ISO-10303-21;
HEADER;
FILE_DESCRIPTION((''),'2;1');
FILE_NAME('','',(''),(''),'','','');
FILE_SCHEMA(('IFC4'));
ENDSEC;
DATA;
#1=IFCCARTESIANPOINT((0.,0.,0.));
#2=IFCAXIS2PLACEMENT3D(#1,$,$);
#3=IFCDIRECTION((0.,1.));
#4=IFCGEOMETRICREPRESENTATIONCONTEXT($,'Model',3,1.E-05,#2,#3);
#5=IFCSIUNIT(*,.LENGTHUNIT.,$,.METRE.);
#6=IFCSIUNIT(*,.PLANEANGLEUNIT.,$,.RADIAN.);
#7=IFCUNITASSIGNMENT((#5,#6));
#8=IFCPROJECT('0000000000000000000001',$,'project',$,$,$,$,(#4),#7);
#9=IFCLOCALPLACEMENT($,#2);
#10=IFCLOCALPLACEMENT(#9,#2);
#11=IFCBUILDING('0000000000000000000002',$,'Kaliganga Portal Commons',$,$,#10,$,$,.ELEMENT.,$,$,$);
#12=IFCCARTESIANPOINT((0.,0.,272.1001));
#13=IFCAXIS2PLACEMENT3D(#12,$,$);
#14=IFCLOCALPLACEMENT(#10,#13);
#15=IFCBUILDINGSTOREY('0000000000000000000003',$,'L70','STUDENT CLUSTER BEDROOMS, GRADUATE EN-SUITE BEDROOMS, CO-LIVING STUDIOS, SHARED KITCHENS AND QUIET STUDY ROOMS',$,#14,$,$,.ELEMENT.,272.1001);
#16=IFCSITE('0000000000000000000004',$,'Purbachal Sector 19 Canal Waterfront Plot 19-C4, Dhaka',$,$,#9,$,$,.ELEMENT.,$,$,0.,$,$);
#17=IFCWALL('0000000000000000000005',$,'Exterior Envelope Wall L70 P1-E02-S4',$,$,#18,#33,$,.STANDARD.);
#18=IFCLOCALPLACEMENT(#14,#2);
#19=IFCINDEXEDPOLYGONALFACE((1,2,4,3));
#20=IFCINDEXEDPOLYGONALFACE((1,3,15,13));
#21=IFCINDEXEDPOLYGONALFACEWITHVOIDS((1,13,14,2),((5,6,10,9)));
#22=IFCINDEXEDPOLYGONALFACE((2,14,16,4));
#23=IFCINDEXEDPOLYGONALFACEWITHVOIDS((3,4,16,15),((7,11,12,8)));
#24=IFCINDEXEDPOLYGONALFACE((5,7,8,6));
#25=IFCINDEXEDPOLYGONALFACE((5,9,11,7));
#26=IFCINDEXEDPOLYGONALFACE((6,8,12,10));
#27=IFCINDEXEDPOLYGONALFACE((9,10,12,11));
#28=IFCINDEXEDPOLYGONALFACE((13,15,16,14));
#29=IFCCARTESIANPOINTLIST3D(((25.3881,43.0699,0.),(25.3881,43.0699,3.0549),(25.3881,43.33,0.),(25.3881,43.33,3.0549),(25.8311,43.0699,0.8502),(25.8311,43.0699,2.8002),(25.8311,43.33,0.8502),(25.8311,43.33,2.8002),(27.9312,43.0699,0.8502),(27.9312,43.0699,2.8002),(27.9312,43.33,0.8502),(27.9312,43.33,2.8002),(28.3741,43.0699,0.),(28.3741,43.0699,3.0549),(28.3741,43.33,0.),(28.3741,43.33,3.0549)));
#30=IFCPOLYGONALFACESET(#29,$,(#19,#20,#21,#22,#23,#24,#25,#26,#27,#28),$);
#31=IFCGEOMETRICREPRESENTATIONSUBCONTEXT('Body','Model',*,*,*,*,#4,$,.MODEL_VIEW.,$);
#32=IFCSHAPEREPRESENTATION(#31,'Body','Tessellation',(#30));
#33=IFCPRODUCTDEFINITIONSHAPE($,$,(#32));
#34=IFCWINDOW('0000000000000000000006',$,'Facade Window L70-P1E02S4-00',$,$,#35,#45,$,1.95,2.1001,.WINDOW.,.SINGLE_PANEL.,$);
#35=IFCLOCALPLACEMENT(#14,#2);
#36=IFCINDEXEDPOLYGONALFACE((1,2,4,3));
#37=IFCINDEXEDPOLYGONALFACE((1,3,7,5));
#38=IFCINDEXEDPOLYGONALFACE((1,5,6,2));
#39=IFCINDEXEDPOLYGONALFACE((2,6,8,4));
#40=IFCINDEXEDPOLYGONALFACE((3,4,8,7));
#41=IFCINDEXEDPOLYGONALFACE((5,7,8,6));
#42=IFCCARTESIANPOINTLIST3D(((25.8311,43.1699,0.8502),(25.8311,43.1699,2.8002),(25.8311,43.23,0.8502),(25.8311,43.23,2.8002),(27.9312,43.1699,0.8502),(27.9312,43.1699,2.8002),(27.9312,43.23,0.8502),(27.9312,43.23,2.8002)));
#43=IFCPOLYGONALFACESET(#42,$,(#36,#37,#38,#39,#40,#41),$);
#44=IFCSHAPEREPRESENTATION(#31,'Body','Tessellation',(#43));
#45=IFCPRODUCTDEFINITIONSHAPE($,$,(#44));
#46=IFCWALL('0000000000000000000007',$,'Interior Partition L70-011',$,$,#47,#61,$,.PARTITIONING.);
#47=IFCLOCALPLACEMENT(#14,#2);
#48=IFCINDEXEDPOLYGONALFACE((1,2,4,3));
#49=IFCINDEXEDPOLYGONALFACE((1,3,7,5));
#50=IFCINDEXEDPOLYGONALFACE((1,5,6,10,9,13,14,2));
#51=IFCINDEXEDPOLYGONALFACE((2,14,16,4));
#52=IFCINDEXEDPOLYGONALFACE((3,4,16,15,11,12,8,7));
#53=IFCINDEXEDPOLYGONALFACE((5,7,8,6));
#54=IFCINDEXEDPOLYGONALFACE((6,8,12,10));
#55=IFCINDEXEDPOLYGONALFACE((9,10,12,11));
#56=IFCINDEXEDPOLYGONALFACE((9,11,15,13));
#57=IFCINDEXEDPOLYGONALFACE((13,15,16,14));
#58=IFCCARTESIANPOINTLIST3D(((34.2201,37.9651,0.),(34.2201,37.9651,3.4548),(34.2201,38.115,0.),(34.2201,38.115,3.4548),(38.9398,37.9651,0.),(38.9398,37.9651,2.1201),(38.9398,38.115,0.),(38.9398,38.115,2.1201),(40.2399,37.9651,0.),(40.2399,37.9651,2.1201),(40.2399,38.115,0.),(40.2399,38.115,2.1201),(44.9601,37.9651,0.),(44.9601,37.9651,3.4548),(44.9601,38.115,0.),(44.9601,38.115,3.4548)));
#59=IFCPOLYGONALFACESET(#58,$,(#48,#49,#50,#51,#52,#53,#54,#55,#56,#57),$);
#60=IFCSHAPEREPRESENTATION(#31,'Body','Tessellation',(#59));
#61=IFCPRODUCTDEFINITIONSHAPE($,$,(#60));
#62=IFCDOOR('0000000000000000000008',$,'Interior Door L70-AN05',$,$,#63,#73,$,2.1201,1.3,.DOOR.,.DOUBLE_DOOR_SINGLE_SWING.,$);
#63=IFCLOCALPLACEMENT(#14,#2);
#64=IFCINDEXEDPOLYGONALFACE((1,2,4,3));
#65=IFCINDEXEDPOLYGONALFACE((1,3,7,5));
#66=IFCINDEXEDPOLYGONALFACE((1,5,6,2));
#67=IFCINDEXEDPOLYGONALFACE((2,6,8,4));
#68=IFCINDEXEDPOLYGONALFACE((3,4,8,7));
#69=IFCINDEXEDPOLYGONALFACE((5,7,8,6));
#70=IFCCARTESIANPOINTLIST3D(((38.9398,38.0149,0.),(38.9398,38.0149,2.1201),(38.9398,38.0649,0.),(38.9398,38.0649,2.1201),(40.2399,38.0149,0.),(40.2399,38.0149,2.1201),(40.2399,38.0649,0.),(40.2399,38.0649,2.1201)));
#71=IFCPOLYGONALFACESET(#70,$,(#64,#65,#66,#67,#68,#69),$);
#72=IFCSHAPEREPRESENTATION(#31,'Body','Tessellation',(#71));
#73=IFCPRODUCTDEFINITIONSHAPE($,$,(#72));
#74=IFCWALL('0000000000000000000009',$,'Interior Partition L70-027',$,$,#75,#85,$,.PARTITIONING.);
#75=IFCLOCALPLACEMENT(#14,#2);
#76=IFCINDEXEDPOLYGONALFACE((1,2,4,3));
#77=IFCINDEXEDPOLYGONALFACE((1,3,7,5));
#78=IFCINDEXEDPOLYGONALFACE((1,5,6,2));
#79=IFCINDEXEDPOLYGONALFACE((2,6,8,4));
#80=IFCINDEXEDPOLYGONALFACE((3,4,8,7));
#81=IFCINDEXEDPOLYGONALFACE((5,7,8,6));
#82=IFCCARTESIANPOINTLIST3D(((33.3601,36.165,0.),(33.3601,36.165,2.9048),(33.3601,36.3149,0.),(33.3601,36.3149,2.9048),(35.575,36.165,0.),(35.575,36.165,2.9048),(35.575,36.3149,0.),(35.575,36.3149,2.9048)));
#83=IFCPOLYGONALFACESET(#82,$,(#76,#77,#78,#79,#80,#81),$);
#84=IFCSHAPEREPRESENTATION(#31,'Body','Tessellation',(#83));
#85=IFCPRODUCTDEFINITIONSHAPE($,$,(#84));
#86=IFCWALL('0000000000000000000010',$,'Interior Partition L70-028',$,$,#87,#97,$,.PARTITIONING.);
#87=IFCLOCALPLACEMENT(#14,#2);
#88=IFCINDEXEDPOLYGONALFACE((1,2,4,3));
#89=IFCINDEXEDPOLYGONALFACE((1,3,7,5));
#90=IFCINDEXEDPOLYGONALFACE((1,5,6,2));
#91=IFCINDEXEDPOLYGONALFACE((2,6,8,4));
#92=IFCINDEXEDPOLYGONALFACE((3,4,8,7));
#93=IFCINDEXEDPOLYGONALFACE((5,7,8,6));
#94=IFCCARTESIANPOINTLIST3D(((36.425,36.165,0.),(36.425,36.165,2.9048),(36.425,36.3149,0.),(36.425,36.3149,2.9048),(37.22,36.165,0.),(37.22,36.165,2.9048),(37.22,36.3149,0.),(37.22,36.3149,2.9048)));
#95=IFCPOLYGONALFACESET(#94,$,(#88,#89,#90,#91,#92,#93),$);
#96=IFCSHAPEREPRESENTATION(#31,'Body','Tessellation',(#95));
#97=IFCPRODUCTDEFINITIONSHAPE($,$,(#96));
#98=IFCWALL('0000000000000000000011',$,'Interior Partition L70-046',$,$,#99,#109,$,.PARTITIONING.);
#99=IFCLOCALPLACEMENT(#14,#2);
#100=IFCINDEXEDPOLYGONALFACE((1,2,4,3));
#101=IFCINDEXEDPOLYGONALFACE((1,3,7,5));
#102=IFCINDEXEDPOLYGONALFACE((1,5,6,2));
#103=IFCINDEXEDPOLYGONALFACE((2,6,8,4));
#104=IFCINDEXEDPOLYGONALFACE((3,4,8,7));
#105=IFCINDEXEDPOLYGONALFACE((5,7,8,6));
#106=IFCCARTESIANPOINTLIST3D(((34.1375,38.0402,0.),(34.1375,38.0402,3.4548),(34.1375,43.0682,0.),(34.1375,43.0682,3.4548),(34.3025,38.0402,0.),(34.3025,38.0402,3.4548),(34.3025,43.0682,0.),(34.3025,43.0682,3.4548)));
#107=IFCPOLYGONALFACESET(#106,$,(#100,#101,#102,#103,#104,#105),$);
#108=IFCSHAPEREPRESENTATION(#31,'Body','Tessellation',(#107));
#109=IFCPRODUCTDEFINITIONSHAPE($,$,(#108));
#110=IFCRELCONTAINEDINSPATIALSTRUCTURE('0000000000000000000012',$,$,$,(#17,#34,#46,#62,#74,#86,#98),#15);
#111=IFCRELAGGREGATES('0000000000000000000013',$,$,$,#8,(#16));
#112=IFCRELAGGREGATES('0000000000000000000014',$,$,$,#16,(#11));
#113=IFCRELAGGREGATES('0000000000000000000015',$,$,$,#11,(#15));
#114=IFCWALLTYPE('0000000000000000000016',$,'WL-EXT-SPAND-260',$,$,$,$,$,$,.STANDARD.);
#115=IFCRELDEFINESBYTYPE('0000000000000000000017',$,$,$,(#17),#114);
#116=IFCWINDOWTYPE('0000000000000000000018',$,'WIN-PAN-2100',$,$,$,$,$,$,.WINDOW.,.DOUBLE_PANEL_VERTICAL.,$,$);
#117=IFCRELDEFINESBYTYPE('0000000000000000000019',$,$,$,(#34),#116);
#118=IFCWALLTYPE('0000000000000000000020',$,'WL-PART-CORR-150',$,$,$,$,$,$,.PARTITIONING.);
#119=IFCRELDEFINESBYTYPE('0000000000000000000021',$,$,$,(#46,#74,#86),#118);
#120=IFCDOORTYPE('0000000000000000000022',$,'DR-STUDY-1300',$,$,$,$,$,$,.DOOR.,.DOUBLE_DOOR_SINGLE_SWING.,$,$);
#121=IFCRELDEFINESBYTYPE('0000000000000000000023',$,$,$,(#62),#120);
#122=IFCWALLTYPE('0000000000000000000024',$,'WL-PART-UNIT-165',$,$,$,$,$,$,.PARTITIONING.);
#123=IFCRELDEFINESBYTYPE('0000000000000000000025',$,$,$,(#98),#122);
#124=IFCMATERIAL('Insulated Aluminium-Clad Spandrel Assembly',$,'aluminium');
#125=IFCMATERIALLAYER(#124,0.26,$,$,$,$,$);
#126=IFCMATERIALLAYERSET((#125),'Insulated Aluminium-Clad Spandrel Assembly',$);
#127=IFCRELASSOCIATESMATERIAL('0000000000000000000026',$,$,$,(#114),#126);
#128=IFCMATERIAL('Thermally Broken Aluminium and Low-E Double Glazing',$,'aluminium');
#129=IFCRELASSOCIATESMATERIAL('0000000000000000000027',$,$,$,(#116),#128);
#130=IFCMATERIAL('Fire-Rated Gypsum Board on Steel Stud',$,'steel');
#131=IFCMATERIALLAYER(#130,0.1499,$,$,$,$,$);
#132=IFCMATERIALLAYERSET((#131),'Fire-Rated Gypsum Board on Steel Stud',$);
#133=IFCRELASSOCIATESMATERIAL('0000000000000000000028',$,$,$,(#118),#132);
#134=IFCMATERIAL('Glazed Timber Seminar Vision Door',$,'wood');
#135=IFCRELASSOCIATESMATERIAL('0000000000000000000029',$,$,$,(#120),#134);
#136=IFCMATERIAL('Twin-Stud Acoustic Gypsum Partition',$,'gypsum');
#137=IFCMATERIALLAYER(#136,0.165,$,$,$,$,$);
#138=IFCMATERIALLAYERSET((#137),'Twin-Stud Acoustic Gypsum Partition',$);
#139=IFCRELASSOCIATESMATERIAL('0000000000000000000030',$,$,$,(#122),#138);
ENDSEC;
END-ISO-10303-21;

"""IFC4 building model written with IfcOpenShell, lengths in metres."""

from ifc_helpers import new_model, si_unit, direction, frame, frame_2d, origin, place, context, subcontext, project, spatial, rectangle, extrude, material, layer, layer_set, type_object, element, fill, save


model = new_model("IFC4")

# Units and contexts
model_context = context("Model", 3, precision=1e-05, world=origin(), true_north=direction((0.0, 1.0)))
body_context = subcontext(model_context, "Body", "Model", "MODEL_VIEW")
ifc_project = project(units=[si_unit("LENGTHUNIT", "METRE"), si_unit("PLANEANGLEUNIT", "RADIAN")], contexts=[model_context])

# Site, building, storey
site_placement = place(None, origin())
site = spatial("IfcSite", under=ifc_project, at=site_placement, Name="Purbachal Sector 19 Canal Waterfront Plot 19-C4, Dhaka", CompositionType="ELEMENT", RefElevation=0.0)
building_placement = place(site_placement, origin())
building = spatial("IfcBuilding", under=site, at=building_placement, Name="Kaliganga Portal Commons", CompositionType="ELEMENT")
storey_placement = place(building_placement, frame((0.0, 0.0, 272.1001)))
storey = spatial("IfcBuildingStorey", under=building, at=storey_placement, Name="L70", Description="STUDENT CLUSTER BEDROOMS, GRADUATE EN-SUITE BEDROOMS, CO-LIVING STUDIOS, SHARED KITCHENS AND QUIET STUDY ROOMS", CompositionType="ELEMENT", Elevation=272.1001)

# Shared definitions
ifc_material_1 = material(Name="Insulated Aluminium-Clad Spandrel Assembly", Category="aluminium")
ifc_layer_1 = layer(ifc_material_1, 0.26)
ifc_layer_set_1 = layer_set([ifc_layer_1], Name="Insulated Aluminium-Clad Spandrel Assembly")
wall_type_1 = type_object("IfcWallType", Name="WL-EXT-SPAND-260", PredefinedType="STANDARD", material=ifc_layer_set_1)
ifc_material_2 = material(Name="Thermally Broken Aluminium and Low-E Double Glazing", Category="aluminium")
window_type_1 = type_object("IfcWindowType", Name="WIN-PAN-2100", PartitioningType="DOUBLE_PANEL_VERTICAL", PredefinedType="WINDOW", material=ifc_material_2)

# Wall, opening, window
wall_1_placement = place(storey_placement, frame((25.3879, 43.2, 0.0), z_axis=(0.0, 0.0, 1.0), x_axis=(1.0, 0.0, 0.0)))
wall_1 = element("IfcWall", 1, at=wall_1_placement, inside=storey, type_object=wall_type_1, Name="Exterior Envelope Wall L70 P1-E02-S4", PredefinedType="STANDARD", context=body_context, shape_type="SweptSolid", body=[
    extrude(rectangle(XDim=2.9861, YDim=0.26, at=frame_2d((1.4932, 0.0))), origin(), (0.0, 0.0, 1.0), 3.0549),
])
opening_1_placement = place(wall_1_placement, frame((0.4431, 0.0, 0.8501)))
opening_1 = element("IfcOpeningElement", 2, at=opening_1_placement, cuts=wall_1, PredefinedType="OPENING", context=body_context, shape_type="SweptSolid", body=[
    extrude(rectangle(XDim=2.1001, YDim=1.95, at=frame_2d((1.05, 0.9751))), frame((0.0, 0.1401, 0.0), z_axis=(0.0, -1.0, 0.0), x_axis=(1.0, 0.0, 0.0)), (0.0, 0.0, 1.0), 0.28),
])
window_1_placement = place(opening_1_placement, origin())
window_1 = element("IfcWindow", 3, at=window_1_placement, inside=storey, type_object=window_type_1, Name="Facade Window L70-P1E02S4-00", OverallHeight=1.95, OverallWidth=2.1001, PartitioningType="SINGLE_PANEL", PredefinedType="WINDOW", context=body_context, shape_type="SweptSolid", body=[
    extrude(rectangle(XDim=2.1001, YDim=1.95, at=frame_2d((1.05, 0.9751))), frame((0.0, 0.03, 0.0), z_axis=(0.0, -1.0, 0.0), x_axis=(1.0, 0.0, 0.0)), (0.0, 0.0, 1.0), 0.0601),
])
fill(opening_1, window_1)

# Wall, opening, door
ifc_material_3 = material(Name="Fire-Rated Gypsum Board on Steel Stud", Category="steel")
ifc_layer_2 = layer(ifc_material_3, 0.1499)
ifc_layer_set_2 = layer_set([ifc_layer_2], Name="Fire-Rated Gypsum Board on Steel Stud")
wall_type_2 = type_object("IfcWallType", Name="WL-PART-CORR-150", PredefinedType="PARTITIONING", material=ifc_layer_set_2)
wall_2_placement = place(storey_placement, frame((34.22, 38.04, 0.0), z_axis=(0.0, 0.0, 1.0), x_axis=(1.0, 0.0, 0.0)))
wall_2 = element("IfcWall", 4, at=wall_2_placement, inside=storey, type_object=wall_type_2, Name="Interior Partition L70-011", PredefinedType="PARTITIONING", context=body_context, shape_type="SweptSolid", body=[
    extrude(rectangle(XDim=10.74, YDim=0.1499, at=frame_2d((5.3701, 0.0))), origin(), (0.0, 0.0, 1.0), 3.4548),
])
opening_2_placement = place(wall_2_placement, frame((4.72, 0.0, 0.0)))
opening_2 = element("IfcOpeningElement", 5, at=opening_2_placement, cuts=wall_2, PredefinedType="OPENING", context=body_context, shape_type="SweptSolid", body=[
    extrude(rectangle(XDim=1.3, YDim=2.1201, at=frame_2d((0.6499, 1.0601))), frame((0.0, 0.085, 0.0), z_axis=(0.0, -1.0, 0.0), x_axis=(1.0, 0.0, 0.0)), (0.0, 0.0, 1.0), 0.1699),
])
ifc_material_4 = material(Name="Glazed Timber Seminar Vision Door", Category="wood")
door_type_1 = type_object("IfcDoorType", Name="DR-STUDY-1300", OperationType="DOUBLE_DOOR_SINGLE_SWING", PredefinedType="DOOR", material=ifc_material_4)
door_1_placement = place(opening_2_placement, origin())
door_1 = element("IfcDoor", 6, at=door_1_placement, inside=storey, type_object=door_type_1, Name="Interior Door L70-AN05", OperationType="DOUBLE_DOOR_SINGLE_SWING", OverallHeight=2.1201, OverallWidth=1.3, PredefinedType="DOOR", context=body_context, shape_type="SweptSolid", body=[
    extrude(rectangle(XDim=1.3, YDim=2.1201, at=frame_2d((0.6499, 1.0601))), frame((0.0, 0.0249, 0.0), z_axis=(0.0, -1.0, 0.0), x_axis=(1.0, 0.0, 0.0)), (0.0, 0.0, 1.0), 0.05),
])
fill(opening_2, door_1)

# Walls
wall_3_placement = place(storey_placement, frame((33.3601, 36.24, 0.0), z_axis=(0.0, 0.0, 1.0), x_axis=(1.0, 0.0, 0.0)))
element("IfcWall", 7, at=wall_3_placement, inside=storey, type_object=wall_type_2, Name="Interior Partition L70-027", PredefinedType="PARTITIONING", context=body_context, shape_type="SweptSolid", body=[
    extrude(rectangle(XDim=2.2148, YDim=0.1499, at=frame_2d((1.1074, 0.0))), origin(), (0.0, 0.0, 1.0), 2.9048),
])
wall_4_placement = place(storey_placement, frame((36.425, 36.24, 0.0), z_axis=(0.0, 0.0, 1.0), x_axis=(1.0, 0.0, 0.0)))
element("IfcWall", 8, at=wall_4_placement, inside=storey, type_object=wall_type_2, Name="Interior Partition L70-028", PredefinedType="PARTITIONING", context=body_context, shape_type="SweptSolid", body=[
    extrude(rectangle(XDim=0.7949, YDim=0.1499, at=frame_2d((0.3975, 0.0))), origin(), (0.0, 0.0, 1.0), 2.9048),
])
ifc_material_5 = material(Name="Twin-Stud Acoustic Gypsum Partition", Category="gypsum")
ifc_layer_3 = layer(ifc_material_5, 0.165)
ifc_layer_set_3 = layer_set([ifc_layer_3], Name="Twin-Stud Acoustic Gypsum Partition")
wall_type_3 = type_object("IfcWallType", Name="WL-PART-UNIT-165", PredefinedType="PARTITIONING", material=ifc_layer_set_3)
wall_5_placement = place(storey_placement, frame((34.22, 38.04, 0.0), z_axis=(0.0, 0.0, 1.0), x_axis=(0.0, 1.0, 0.0)))
element("IfcWall", 9, at=wall_5_placement, inside=storey, type_object=wall_type_3, Name="Interior Partition L70-046", PredefinedType="PARTITIONING", context=body_context, shape_type="SweptSolid", body=[
    extrude(rectangle(XDim=5.0281, YDim=0.165, at=frame_2d((2.5142, 0.0))), origin(), (0.0, 0.0, 1.0), 3.4548),
])

save(model, "model.ifc")
